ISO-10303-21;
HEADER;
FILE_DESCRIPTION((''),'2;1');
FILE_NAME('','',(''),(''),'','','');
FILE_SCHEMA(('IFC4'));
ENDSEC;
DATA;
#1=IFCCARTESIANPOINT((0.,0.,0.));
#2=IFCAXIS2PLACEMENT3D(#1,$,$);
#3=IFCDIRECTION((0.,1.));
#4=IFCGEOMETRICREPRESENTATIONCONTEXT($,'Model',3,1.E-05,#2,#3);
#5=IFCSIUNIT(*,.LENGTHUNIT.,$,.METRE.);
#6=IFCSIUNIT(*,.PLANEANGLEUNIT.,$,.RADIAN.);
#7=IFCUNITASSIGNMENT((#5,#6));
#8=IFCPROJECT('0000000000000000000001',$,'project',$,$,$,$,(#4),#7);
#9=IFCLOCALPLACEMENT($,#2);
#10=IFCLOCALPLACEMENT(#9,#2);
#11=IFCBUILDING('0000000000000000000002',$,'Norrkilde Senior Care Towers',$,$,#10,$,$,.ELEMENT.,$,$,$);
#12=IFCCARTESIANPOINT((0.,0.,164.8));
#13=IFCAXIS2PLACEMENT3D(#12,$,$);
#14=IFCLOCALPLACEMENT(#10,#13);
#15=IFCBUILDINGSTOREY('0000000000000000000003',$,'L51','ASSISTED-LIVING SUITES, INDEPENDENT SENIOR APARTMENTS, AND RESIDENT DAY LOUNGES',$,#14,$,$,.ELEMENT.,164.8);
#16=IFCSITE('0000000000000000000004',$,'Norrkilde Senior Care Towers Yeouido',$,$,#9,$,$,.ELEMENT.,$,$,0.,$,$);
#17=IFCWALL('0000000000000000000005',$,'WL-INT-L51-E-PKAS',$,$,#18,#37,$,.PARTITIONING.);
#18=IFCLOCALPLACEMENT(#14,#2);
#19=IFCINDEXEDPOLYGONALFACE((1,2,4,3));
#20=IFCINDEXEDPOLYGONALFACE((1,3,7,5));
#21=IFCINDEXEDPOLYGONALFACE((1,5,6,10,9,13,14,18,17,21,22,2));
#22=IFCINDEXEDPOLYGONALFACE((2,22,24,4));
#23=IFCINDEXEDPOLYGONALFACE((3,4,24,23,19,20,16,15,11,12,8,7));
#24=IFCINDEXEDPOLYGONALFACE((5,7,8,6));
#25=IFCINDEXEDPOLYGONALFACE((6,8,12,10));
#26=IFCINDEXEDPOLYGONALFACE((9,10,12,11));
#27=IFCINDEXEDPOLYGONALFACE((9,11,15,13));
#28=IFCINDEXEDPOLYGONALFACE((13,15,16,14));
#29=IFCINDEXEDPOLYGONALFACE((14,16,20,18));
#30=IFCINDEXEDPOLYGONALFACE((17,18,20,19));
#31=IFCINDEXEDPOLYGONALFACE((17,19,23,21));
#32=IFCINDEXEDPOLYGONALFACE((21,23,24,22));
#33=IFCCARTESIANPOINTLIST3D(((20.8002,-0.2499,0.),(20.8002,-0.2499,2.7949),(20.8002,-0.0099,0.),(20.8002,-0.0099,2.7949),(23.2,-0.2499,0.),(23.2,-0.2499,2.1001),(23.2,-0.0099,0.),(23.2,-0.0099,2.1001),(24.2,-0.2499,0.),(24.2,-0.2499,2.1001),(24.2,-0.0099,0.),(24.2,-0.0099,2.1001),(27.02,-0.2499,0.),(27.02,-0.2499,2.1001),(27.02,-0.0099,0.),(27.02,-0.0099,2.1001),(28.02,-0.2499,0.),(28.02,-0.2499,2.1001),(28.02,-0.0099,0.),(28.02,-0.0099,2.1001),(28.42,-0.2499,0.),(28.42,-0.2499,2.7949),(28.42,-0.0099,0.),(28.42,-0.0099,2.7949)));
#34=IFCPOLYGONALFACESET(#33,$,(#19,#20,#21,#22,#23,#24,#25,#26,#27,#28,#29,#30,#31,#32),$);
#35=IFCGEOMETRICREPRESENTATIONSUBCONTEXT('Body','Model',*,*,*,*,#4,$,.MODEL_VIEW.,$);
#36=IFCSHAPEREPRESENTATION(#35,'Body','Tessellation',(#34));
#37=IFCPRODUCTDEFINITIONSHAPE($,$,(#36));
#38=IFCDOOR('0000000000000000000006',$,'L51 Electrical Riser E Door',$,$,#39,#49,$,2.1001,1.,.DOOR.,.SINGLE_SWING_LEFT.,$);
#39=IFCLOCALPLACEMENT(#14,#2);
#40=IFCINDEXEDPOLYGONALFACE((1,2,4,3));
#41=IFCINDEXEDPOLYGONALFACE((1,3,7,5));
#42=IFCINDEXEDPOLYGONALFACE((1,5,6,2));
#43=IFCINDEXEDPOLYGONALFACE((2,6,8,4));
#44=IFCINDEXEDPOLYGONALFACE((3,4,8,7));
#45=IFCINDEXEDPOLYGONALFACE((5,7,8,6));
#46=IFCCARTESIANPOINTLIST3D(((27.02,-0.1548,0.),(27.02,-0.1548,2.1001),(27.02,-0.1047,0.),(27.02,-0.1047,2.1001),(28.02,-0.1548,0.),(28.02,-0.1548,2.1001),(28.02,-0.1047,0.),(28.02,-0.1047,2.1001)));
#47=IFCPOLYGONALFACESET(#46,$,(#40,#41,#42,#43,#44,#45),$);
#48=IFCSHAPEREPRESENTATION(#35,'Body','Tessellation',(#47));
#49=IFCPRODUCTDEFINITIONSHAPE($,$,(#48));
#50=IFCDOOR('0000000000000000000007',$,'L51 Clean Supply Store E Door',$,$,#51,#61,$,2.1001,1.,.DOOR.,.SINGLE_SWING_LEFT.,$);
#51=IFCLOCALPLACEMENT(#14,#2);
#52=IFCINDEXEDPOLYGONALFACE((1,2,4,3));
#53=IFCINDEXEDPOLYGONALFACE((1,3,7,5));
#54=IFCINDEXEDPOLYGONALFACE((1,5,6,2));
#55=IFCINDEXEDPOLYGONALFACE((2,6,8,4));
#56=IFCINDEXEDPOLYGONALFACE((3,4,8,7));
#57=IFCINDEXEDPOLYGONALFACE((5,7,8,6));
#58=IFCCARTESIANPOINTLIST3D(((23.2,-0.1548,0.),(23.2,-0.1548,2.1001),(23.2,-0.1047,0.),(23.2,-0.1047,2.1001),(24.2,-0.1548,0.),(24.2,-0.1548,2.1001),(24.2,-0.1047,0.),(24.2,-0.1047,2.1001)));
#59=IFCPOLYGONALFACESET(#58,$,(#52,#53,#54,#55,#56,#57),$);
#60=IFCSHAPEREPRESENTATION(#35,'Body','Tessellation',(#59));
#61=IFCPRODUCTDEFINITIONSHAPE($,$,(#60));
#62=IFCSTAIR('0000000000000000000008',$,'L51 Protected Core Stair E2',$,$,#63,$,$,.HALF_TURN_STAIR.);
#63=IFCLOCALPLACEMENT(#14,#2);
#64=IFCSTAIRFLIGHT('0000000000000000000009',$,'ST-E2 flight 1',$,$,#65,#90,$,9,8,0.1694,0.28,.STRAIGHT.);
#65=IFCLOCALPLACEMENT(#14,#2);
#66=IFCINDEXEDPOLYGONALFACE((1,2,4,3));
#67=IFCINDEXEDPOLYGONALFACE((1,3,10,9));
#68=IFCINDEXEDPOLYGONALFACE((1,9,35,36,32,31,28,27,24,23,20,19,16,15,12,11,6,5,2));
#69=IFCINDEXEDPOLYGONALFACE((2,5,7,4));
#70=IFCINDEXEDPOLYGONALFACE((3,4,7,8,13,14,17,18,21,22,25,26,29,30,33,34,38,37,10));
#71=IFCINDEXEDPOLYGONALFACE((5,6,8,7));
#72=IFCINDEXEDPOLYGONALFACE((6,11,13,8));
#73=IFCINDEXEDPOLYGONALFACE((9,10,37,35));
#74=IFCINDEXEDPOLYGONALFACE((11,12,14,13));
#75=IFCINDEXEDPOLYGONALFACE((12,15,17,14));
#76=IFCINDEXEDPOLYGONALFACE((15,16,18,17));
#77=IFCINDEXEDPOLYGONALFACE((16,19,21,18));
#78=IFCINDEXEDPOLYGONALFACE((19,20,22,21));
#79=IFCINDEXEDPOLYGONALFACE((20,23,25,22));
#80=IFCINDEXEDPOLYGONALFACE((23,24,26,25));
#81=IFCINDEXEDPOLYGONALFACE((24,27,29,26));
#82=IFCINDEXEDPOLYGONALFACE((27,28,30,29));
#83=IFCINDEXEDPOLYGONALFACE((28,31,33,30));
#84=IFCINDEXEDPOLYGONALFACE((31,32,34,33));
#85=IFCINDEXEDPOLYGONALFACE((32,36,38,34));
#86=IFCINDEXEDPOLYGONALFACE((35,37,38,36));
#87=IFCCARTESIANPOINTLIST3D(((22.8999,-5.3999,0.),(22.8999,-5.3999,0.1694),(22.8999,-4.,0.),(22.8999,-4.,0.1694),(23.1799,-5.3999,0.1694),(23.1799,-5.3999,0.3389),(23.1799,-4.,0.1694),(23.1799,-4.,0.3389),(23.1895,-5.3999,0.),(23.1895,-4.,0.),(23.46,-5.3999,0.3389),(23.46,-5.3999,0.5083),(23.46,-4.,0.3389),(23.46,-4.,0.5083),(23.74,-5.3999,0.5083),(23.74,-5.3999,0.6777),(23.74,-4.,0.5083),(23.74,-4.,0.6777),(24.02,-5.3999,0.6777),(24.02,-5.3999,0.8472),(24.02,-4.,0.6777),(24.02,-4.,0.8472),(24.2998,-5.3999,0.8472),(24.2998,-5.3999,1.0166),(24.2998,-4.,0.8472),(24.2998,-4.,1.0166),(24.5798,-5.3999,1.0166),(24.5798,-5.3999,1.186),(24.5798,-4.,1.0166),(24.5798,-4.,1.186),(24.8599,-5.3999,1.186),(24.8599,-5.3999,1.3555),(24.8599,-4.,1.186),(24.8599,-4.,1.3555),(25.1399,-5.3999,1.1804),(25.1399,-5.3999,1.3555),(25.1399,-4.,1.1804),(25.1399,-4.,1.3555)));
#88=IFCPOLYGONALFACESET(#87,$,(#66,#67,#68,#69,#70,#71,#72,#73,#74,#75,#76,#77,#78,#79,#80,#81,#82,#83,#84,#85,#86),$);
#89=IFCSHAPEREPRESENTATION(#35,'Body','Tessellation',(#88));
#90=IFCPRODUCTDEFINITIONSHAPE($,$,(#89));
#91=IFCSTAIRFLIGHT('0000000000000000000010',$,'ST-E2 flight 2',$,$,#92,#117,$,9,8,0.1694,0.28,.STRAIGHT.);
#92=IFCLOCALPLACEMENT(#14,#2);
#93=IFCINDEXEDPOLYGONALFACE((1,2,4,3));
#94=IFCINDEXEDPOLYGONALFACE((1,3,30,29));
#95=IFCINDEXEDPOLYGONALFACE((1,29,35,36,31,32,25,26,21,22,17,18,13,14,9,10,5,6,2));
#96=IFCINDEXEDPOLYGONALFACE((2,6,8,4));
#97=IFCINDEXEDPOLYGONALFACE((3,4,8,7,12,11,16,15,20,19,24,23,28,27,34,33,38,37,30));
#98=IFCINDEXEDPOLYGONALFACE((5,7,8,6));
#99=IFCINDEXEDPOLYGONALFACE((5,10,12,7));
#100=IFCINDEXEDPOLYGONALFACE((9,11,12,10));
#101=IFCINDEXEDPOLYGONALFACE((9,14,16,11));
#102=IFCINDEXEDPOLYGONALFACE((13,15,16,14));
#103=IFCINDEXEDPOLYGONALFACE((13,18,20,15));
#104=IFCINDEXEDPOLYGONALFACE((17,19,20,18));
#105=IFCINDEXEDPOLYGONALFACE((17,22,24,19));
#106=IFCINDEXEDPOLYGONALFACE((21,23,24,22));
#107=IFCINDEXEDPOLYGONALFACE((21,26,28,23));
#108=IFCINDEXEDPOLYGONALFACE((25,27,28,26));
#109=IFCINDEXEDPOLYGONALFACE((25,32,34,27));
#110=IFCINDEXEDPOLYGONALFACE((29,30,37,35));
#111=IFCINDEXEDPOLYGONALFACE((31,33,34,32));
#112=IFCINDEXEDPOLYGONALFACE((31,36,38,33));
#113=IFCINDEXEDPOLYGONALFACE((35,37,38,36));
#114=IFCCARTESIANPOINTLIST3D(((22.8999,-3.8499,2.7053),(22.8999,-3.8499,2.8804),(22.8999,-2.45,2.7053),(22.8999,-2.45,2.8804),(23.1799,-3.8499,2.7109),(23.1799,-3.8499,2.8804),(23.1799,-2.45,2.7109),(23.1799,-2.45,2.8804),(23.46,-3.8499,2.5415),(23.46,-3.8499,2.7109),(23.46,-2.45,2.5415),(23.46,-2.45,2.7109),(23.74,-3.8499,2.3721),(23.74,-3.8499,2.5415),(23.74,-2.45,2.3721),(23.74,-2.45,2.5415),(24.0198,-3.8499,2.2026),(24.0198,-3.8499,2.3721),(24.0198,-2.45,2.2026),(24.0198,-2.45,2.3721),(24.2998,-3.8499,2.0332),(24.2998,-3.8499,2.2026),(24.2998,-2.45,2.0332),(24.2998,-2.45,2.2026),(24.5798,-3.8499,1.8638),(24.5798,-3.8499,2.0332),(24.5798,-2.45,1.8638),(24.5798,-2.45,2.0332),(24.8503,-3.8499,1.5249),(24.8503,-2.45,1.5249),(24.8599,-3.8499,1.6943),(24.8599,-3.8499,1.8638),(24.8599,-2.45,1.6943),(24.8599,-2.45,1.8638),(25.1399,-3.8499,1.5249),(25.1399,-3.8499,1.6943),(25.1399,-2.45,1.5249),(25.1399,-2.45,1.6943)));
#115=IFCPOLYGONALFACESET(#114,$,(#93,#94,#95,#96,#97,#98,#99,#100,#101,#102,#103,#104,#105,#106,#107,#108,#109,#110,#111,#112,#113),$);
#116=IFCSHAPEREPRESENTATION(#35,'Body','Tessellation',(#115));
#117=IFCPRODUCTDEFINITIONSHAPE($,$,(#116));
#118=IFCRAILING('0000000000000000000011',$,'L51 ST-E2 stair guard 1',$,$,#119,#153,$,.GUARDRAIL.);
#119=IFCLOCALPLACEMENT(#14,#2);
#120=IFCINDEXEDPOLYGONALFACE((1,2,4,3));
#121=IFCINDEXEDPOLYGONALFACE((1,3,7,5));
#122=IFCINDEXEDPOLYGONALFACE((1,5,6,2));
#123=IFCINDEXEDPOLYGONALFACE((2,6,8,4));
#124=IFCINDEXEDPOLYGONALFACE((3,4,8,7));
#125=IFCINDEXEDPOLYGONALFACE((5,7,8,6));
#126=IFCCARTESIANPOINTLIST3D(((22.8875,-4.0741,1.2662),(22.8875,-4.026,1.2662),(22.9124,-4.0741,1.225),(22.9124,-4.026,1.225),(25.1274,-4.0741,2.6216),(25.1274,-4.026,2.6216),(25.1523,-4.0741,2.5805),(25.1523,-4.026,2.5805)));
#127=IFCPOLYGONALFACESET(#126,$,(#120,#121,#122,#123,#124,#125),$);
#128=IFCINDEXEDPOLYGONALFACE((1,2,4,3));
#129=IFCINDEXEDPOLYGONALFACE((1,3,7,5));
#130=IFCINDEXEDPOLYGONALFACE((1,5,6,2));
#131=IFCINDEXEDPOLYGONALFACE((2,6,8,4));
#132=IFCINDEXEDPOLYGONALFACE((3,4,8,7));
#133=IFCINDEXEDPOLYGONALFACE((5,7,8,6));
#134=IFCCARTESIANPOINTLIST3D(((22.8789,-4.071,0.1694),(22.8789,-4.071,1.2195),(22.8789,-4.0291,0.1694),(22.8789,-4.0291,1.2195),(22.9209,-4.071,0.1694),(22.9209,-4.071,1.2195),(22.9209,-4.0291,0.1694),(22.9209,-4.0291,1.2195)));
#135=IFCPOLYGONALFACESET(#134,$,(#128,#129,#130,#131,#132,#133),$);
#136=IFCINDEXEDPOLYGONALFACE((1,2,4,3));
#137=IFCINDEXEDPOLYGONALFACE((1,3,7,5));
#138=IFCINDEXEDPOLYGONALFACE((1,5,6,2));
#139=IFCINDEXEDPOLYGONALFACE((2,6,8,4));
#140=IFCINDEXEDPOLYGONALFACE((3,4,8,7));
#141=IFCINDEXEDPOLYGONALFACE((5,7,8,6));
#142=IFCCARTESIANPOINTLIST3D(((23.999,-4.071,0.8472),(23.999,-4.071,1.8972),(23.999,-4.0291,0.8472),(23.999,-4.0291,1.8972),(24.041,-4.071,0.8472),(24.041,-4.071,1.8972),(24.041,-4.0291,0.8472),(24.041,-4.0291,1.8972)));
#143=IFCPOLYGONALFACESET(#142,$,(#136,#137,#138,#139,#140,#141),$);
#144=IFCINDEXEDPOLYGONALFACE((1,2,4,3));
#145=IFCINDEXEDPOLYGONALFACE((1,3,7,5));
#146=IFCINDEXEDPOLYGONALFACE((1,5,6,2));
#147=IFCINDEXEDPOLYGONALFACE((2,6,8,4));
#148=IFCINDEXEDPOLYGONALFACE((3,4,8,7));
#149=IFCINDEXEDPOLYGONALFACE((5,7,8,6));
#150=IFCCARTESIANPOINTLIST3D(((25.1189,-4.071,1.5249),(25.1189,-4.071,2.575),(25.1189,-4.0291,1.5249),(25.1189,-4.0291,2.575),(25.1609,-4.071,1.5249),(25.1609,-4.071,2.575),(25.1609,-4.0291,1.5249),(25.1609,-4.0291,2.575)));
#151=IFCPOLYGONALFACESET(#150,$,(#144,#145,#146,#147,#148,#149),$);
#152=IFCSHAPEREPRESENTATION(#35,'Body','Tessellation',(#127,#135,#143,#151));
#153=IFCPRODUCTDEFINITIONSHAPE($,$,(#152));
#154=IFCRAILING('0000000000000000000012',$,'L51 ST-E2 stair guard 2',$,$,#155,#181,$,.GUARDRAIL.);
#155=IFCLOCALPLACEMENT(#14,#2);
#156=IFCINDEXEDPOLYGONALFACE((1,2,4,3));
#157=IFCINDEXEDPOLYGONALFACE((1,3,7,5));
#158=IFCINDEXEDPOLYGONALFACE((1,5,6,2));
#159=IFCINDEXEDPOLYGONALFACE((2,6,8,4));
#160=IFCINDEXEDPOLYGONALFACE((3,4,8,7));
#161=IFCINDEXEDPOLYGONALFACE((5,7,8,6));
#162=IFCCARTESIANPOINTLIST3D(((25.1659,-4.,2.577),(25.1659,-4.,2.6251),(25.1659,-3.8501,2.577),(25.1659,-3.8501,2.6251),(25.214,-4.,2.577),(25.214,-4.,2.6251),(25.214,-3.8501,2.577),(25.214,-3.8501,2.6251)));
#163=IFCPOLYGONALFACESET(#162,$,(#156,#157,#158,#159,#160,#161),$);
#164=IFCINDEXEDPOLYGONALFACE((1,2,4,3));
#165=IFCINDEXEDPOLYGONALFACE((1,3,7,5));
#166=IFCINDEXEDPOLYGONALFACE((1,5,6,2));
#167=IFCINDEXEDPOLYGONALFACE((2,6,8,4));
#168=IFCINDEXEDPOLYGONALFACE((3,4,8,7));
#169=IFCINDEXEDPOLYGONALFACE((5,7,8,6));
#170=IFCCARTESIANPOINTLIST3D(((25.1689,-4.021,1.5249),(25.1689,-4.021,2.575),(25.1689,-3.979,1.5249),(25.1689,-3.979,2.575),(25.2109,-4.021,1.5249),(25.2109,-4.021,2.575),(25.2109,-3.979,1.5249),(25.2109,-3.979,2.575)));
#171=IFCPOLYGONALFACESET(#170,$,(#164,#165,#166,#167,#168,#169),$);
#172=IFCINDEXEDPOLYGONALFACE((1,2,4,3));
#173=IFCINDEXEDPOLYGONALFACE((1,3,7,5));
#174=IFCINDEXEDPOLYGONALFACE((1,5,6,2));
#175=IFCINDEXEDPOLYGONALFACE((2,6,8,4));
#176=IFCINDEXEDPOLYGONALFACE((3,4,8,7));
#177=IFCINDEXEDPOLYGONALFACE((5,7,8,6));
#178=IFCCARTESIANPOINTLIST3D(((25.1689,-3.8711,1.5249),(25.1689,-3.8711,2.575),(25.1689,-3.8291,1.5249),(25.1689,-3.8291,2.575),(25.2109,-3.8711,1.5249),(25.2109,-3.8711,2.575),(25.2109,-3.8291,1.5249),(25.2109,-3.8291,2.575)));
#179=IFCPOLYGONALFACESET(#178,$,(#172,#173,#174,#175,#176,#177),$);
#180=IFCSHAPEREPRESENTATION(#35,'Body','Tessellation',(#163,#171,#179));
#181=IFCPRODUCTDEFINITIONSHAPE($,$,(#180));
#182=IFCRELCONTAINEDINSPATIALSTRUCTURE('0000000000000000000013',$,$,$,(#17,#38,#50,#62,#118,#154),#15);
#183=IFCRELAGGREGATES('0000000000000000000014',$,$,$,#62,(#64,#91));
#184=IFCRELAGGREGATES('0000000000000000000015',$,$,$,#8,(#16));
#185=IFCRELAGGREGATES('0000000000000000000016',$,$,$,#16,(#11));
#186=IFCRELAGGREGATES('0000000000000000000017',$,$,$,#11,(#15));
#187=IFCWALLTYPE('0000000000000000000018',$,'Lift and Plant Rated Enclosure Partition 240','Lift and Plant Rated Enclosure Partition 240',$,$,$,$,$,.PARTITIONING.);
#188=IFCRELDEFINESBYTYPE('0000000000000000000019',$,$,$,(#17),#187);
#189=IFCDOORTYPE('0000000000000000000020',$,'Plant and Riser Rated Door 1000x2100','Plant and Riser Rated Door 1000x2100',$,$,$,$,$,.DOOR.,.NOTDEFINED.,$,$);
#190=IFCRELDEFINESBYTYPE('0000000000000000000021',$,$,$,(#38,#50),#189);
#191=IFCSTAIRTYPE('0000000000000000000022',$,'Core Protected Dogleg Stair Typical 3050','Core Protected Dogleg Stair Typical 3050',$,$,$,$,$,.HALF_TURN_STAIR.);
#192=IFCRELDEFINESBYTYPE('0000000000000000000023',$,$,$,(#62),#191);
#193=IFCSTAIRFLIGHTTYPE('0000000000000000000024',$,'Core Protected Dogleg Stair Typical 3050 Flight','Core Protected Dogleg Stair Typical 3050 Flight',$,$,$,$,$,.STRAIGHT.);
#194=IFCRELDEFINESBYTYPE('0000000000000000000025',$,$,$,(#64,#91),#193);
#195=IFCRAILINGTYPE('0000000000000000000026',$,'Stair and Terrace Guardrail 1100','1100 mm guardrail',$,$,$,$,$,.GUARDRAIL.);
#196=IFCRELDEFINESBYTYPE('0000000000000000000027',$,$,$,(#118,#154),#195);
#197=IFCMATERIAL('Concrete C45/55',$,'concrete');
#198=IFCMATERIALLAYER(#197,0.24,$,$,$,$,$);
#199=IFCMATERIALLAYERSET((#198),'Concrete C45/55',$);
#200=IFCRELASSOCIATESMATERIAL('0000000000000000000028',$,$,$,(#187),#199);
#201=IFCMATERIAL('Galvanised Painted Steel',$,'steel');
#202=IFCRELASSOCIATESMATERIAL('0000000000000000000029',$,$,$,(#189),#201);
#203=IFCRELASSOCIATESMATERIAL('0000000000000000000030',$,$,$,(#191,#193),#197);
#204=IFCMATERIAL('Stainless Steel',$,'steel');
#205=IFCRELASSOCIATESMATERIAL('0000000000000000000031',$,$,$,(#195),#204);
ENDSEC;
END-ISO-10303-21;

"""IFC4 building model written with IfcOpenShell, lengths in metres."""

from ifc_helpers import new_model, si_unit, direction, frame, frame_2d, origin, origin_2d, place, context, subcontext, project, spatial, polyline, rectangle, outline, extrude, source, transform, mapped, material, layer, layer_set, type_object, type_shapes, element, fill, aggregate, save


model = new_model("IFC4")

# Units and contexts
model_context = context("Model", 3, precision=1e-05, world=origin(), true_north=direction((0.0, 1.0)))
body_context = subcontext(model_context, "Body", "Model", "MODEL_VIEW")
ifc_project = project(units=[si_unit("LENGTHUNIT", "METRE"), si_unit("PLANEANGLEUNIT", "RADIAN")], contexts=[model_context])

# Site, building, storey
site_placement = place(None, origin())
site = spatial("IfcSite", under=ifc_project, at=site_placement, Name="Norrkilde Senior Care Towers Yeouido", CompositionType="ELEMENT", RefElevation=0.0)
building_placement = place(site_placement, origin())
building = spatial("IfcBuilding", under=site, at=building_placement, Name="Norrkilde Senior Care Towers", CompositionType="ELEMENT")
storey_placement = place(building_placement, frame((0.0, 0.0, 164.8)))
storey = spatial("IfcBuildingStorey", under=building, at=storey_placement, Name="L51", Description="ASSISTED-LIVING SUITES, INDEPENDENT SENIOR APARTMENTS, AND RESIDENT DAY LOUNGES", CompositionType="ELEMENT", Elevation=164.8)

# Shared definitions
ifc_material_1 = material(Name="Galvanised Painted Steel", Category="steel")
ifc_material_2 = material(Name="Concrete C45/55", Category="concrete")

# Wall, openings, doors
ifc_layer_1 = layer(ifc_material_2, 0.24)
ifc_layer_set_1 = layer_set([ifc_layer_1], Name="Concrete C45/55")
wall_type_1 = type_object("IfcWallType", Name="Lift and Plant Rated Enclosure Partition 240", Description="Lift and Plant Rated Enclosure Partition 240", PredefinedType="PARTITIONING", material=ifc_layer_set_1)
shared_shape_1 = source(origin(), body_context, "Body", "SweptSolid", [
    extrude(rectangle(XDim=7.6199, YDim=0.24, at=frame_2d((3.8101, 0.0))), origin(), (0.0, 0.0, 1.0), 2.7949),
])
type_shapes(wall_type_1, [shared_shape_1])
wall_1_placement = place(storey_placement, frame((20.8, -0.1299, 0.0), z_axis=(0.0, 0.0, 1.0), x_axis=(1.0, 0.0, 0.0)))
wall_1 = element("IfcWall", 1, at=wall_1_placement, inside=storey, type_object=wall_type_1, Name="WL-INT-L51-E-PKAS", PredefinedType="PARTITIONING", context=body_context, shape_type="MappedRepresentation", body=[
    mapped(shared_shape_1, transform((0.0, 0.0, 0.0), x_axis=(1.0, 0.0, 0.0), y_axis=(0.0, 1.0, 0.0), z_axis=(0.0, 0.0, 1.0), scale=1.0)),
])
opening_1_placement = place(wall_1_placement, frame((6.22, 0.0, 0.0)))
opening_1 = element("IfcOpeningElement", 2, at=opening_1_placement, cuts=wall_1, PredefinedType="OPENING", context=body_context, shape_type="SweptSolid", body=[
    extrude(rectangle(XDim=1.0, YDim=2.1001, at=frame_2d((0.5, 1.05))), frame((0.0, 0.1299, 0.0), z_axis=(0.0, -1.0, 0.0), x_axis=(1.0, 0.0, 0.0)), (0.0, 0.0, 1.0), 0.26),
])
opening_2_placement = place(wall_1_placement, frame((2.3999, 0.0, 0.0)))
opening_2 = element("IfcOpeningElement", 3, at=opening_2_placement, cuts=wall_1, PredefinedType="OPENING", context=body_context, shape_type="SweptSolid", body=[
    extrude(rectangle(XDim=1.0, YDim=2.1001, at=frame_2d((0.5, 1.05))), frame((0.0, 0.1299, 0.0), z_axis=(0.0, -1.0, 0.0), x_axis=(1.0, 0.0, 0.0)), (0.0, 0.0, 1.0), 0.26),
])
door_type_1 = type_object("IfcDoorType", Name="Plant and Riser Rated Door 1000x2100", Description="Plant and Riser Rated Door 1000x2100", OperationType="NOTDEFINED", PredefinedType="DOOR", material=ifc_material_1)
shared_shape_2 = source(origin(), body_context, "Body", "SweptSolid", [
    extrude(rectangle(XDim=1.0, YDim=2.1001, at=frame_2d((0.5, 1.05))), frame((0.0, 0.0249, 0.0), z_axis=(0.0, -1.0, 0.0), x_axis=(1.0, 0.0, 0.0)), (0.0, 0.0, 1.0), 0.05),
])
type_shapes(door_type_1, [shared_shape_2])
door_1_placement = place(opening_1_placement, frame((1.0, 0.0, 0.0), z_axis=(0.0, 0.0, 1.0), x_axis=(-1.0, 0.0, 0.0)))
door_1 = element("IfcDoor", 4, at=door_1_placement, inside=storey, type_object=door_type_1, Name="L51 Electrical Riser E Door", OperationType="SINGLE_SWING_LEFT", OverallHeight=2.1001, OverallWidth=1.0, PredefinedType="DOOR", context=body_context, shape_type="MappedRepresentation", body=[
    mapped(shared_shape_2, transform((0.0, 0.0, 0.0), x_axis=(1.0, 0.0, 0.0), y_axis=(0.0, 1.0, 0.0), z_axis=(0.0, 0.0, 1.0), scale=1.0)),
])
fill(opening_1, door_1)
door_2_placement = place(opening_2_placement, frame((1.0, 0.0, 0.0), z_axis=(0.0, 0.0, 1.0), x_axis=(-1.0, 0.0, 0.0)))
door_2 = element("IfcDoor", 5, at=door_2_placement, inside=storey, type_object=door_type_1, Name="L51 Clean Supply Store E Door", OperationType="SINGLE_SWING_LEFT", OverallHeight=2.1001, OverallWidth=1.0, PredefinedType="DOOR", context=body_context, shape_type="MappedRepresentation", body=[
    mapped(shared_shape_2, transform((0.0, 0.0, 0.0), x_axis=(1.0, 0.0, 0.0), y_axis=(0.0, 1.0, 0.0), z_axis=(0.0, 0.0, 1.0), scale=1.0)),
])
fill(opening_2, door_2)

# Stair, stair flights
stair_type = type_object("IfcStairType", Name="Core Protected Dogleg Stair Typical 3050", Description="Core Protected Dogleg Stair Typical 3050", PredefinedType="HALF_TURN_STAIR", material=ifc_material_2)
stair_placement = place(storey_placement, origin())
stair = element("IfcStair", 6, at=stair_placement, inside=storey, type_object=stair_type, Name="L51 Protected Core Stair E2", PredefinedType="HALF_TURN_STAIR")
stair_flight_type = type_object("IfcStairFlightType", Name="Core Protected Dogleg Stair Typical 3050 Flight", Description="Core Protected Dogleg Stair Typical 3050 Flight", PredefinedType="STRAIGHT", material=ifc_material_2)
stair_flight_1_placement = place(storey_placement, frame((22.8999, -4.7, 0.0), z_axis=(0.0, 0.0, 1.0), x_axis=(1.0, 0.0, 0.0)))
stair_flight_1 = element("IfcStairFlight", 7, at=stair_flight_1_placement, type_object=stair_flight_type, Name="ST-E2 flight 1", NumberOfRisers=9, NumberOfTreads=8, PredefinedType="STRAIGHT", RiserHeight=0.1694, TreadLength=0.28, context=body_context, shape_type="SweptSolid", body=[
    extrude(outline(polyline([(0.0, 0.0), (0.0, 0.1694), (0.28, 0.1694), (0.28, 0.3389), (0.5601, 0.3389), (0.5601, 0.5083), (0.8401, 0.5083), (0.8401, 0.6777), (1.1201, 0.6777), (1.1201, 0.8472), (1.3999, 0.8472), (1.3999, 1.0166), (1.6799, 1.0166), (1.6799, 1.186), (1.96, 1.186), (1.96, 1.3555), (2.24, 1.3555), (2.24, 1.5249), (2.24, 1.1804), (0.2896, 0.0), (0.0, 0.0)])), frame((0.0, 0.7, 0.0), z_axis=(0.0, -1.0, 0.0), x_axis=(1.0, 0.0, 0.0)), (0.0, 0.0, 1.0), 1.3999),
])
stair_flight_2_placement = place(storey_placement, frame((25.1399, -3.1499, 1.5249), z_axis=(0.0, 0.0, 1.0), x_axis=(-1.0, 0.0, 0.0)))
stair_flight_2 = element("IfcStairFlight", 8, at=stair_flight_2_placement, type_object=stair_flight_type, Name="ST-E2 flight 2", NumberOfRisers=9, NumberOfTreads=8, PredefinedType="STRAIGHT", RiserHeight=0.1694, TreadLength=0.28, context=body_context, shape_type="SweptSolid", body=[
    extrude(outline(polyline([(0.0, 0.0), (0.0, 0.1694), (0.28, 0.1694), (0.28, 0.3389), (0.5601, 0.3389), (0.5601, 0.5083), (0.8401, 0.5083), (0.8401, 0.6777), (1.1201, 0.6777), (1.1201, 0.8472), (1.3999, 0.8472), (1.3999, 1.0166), (1.6799, 1.0166), (1.6799, 1.186), (1.96, 1.186), (1.96, 1.3555), (2.24, 1.3555), (2.24, 1.5249), (2.24, 1.1804), (0.2896, 0.0), (0.0, 0.0)])), frame((0.0, 0.7, 0.0), z_axis=(0.0, -1.0, 0.0), x_axis=(1.0, 0.0, 0.0)), (0.0, 0.0, 1.0), 1.3999),
])
aggregate(stair, [stair_flight_1, stair_flight_2])

# Railings
ifc_material_3 = material(Name="Stainless Steel", Category="steel")
railing_type_1 = type_object("IfcRailingType", Name="Stair and Terrace Guardrail 1100", Description="1100 mm guardrail", PredefinedType="GUARDRAIL", material=ifc_material_3)
railing_1_placement = place(storey_placement, frame((22.8999, -4.05, 0.1694)))
element("IfcRailing", 9, at=railing_1_placement, inside=storey, type_object=railing_type_1, Name="L51 ST-E2 stair guard 1", PredefinedType="GUARDRAIL", context=body_context, shape_type="SweptSolid", body=[
    extrude(rectangle(XDim=0.0481, YDim=0.0481, at=origin_2d()), frame((0.0, 0.0, 1.0762), z_axis=(0.855553, 0.0, 0.517715), x_axis=(0.0, 1.0, 0.0)), (0.0, 0.0, 1.0), 2.6182),
    extrude(rectangle(XDim=0.042, YDim=0.042, at=origin_2d()), origin(), (0.0, 0.0, 1.0), 1.05),
    extrude(rectangle(XDim=0.042, YDim=0.042, at=origin_2d()), frame((1.1201, 0.0, 0.6777)), (0.0, 0.0, 1.0), 1.05),
    extrude(rectangle(XDim=0.042, YDim=0.042, at=origin_2d()), frame((2.24, 0.0, 1.3555)), (0.0, 0.0, 1.0), 1.05),
])
railing_2_placement = place(storey_placement, frame((25.1899, -4.0, 1.5249)))
element("IfcRailing", 10, at=railing_2_placement, inside=storey, type_object=railing_type_1, Name="L51 ST-E2 stair guard 2", PredefinedType="GUARDRAIL", context=body_context, shape_type="SweptSolid", body=[
    extrude(rectangle(XDim=0.0481, YDim=0.0481, at=origin_2d()), frame((0.0, 0.0, 1.0762), z_axis=(0.0, 1.0, 0.0), x_axis=(-1.0, 0.0, 0.0)), (0.0, 0.0, 1.0), 0.1499),
    extrude(rectangle(XDim=0.042, YDim=0.042, at=origin_2d()), origin(), (0.0, 0.0, 1.0), 1.05),
    extrude(rectangle(XDim=0.042, YDim=0.042, at=origin_2d()), frame((0.0, 0.1499, 0.0)), (0.0, 0.0, 1.0), 1.05),
])

save(model, "model.ifc")
